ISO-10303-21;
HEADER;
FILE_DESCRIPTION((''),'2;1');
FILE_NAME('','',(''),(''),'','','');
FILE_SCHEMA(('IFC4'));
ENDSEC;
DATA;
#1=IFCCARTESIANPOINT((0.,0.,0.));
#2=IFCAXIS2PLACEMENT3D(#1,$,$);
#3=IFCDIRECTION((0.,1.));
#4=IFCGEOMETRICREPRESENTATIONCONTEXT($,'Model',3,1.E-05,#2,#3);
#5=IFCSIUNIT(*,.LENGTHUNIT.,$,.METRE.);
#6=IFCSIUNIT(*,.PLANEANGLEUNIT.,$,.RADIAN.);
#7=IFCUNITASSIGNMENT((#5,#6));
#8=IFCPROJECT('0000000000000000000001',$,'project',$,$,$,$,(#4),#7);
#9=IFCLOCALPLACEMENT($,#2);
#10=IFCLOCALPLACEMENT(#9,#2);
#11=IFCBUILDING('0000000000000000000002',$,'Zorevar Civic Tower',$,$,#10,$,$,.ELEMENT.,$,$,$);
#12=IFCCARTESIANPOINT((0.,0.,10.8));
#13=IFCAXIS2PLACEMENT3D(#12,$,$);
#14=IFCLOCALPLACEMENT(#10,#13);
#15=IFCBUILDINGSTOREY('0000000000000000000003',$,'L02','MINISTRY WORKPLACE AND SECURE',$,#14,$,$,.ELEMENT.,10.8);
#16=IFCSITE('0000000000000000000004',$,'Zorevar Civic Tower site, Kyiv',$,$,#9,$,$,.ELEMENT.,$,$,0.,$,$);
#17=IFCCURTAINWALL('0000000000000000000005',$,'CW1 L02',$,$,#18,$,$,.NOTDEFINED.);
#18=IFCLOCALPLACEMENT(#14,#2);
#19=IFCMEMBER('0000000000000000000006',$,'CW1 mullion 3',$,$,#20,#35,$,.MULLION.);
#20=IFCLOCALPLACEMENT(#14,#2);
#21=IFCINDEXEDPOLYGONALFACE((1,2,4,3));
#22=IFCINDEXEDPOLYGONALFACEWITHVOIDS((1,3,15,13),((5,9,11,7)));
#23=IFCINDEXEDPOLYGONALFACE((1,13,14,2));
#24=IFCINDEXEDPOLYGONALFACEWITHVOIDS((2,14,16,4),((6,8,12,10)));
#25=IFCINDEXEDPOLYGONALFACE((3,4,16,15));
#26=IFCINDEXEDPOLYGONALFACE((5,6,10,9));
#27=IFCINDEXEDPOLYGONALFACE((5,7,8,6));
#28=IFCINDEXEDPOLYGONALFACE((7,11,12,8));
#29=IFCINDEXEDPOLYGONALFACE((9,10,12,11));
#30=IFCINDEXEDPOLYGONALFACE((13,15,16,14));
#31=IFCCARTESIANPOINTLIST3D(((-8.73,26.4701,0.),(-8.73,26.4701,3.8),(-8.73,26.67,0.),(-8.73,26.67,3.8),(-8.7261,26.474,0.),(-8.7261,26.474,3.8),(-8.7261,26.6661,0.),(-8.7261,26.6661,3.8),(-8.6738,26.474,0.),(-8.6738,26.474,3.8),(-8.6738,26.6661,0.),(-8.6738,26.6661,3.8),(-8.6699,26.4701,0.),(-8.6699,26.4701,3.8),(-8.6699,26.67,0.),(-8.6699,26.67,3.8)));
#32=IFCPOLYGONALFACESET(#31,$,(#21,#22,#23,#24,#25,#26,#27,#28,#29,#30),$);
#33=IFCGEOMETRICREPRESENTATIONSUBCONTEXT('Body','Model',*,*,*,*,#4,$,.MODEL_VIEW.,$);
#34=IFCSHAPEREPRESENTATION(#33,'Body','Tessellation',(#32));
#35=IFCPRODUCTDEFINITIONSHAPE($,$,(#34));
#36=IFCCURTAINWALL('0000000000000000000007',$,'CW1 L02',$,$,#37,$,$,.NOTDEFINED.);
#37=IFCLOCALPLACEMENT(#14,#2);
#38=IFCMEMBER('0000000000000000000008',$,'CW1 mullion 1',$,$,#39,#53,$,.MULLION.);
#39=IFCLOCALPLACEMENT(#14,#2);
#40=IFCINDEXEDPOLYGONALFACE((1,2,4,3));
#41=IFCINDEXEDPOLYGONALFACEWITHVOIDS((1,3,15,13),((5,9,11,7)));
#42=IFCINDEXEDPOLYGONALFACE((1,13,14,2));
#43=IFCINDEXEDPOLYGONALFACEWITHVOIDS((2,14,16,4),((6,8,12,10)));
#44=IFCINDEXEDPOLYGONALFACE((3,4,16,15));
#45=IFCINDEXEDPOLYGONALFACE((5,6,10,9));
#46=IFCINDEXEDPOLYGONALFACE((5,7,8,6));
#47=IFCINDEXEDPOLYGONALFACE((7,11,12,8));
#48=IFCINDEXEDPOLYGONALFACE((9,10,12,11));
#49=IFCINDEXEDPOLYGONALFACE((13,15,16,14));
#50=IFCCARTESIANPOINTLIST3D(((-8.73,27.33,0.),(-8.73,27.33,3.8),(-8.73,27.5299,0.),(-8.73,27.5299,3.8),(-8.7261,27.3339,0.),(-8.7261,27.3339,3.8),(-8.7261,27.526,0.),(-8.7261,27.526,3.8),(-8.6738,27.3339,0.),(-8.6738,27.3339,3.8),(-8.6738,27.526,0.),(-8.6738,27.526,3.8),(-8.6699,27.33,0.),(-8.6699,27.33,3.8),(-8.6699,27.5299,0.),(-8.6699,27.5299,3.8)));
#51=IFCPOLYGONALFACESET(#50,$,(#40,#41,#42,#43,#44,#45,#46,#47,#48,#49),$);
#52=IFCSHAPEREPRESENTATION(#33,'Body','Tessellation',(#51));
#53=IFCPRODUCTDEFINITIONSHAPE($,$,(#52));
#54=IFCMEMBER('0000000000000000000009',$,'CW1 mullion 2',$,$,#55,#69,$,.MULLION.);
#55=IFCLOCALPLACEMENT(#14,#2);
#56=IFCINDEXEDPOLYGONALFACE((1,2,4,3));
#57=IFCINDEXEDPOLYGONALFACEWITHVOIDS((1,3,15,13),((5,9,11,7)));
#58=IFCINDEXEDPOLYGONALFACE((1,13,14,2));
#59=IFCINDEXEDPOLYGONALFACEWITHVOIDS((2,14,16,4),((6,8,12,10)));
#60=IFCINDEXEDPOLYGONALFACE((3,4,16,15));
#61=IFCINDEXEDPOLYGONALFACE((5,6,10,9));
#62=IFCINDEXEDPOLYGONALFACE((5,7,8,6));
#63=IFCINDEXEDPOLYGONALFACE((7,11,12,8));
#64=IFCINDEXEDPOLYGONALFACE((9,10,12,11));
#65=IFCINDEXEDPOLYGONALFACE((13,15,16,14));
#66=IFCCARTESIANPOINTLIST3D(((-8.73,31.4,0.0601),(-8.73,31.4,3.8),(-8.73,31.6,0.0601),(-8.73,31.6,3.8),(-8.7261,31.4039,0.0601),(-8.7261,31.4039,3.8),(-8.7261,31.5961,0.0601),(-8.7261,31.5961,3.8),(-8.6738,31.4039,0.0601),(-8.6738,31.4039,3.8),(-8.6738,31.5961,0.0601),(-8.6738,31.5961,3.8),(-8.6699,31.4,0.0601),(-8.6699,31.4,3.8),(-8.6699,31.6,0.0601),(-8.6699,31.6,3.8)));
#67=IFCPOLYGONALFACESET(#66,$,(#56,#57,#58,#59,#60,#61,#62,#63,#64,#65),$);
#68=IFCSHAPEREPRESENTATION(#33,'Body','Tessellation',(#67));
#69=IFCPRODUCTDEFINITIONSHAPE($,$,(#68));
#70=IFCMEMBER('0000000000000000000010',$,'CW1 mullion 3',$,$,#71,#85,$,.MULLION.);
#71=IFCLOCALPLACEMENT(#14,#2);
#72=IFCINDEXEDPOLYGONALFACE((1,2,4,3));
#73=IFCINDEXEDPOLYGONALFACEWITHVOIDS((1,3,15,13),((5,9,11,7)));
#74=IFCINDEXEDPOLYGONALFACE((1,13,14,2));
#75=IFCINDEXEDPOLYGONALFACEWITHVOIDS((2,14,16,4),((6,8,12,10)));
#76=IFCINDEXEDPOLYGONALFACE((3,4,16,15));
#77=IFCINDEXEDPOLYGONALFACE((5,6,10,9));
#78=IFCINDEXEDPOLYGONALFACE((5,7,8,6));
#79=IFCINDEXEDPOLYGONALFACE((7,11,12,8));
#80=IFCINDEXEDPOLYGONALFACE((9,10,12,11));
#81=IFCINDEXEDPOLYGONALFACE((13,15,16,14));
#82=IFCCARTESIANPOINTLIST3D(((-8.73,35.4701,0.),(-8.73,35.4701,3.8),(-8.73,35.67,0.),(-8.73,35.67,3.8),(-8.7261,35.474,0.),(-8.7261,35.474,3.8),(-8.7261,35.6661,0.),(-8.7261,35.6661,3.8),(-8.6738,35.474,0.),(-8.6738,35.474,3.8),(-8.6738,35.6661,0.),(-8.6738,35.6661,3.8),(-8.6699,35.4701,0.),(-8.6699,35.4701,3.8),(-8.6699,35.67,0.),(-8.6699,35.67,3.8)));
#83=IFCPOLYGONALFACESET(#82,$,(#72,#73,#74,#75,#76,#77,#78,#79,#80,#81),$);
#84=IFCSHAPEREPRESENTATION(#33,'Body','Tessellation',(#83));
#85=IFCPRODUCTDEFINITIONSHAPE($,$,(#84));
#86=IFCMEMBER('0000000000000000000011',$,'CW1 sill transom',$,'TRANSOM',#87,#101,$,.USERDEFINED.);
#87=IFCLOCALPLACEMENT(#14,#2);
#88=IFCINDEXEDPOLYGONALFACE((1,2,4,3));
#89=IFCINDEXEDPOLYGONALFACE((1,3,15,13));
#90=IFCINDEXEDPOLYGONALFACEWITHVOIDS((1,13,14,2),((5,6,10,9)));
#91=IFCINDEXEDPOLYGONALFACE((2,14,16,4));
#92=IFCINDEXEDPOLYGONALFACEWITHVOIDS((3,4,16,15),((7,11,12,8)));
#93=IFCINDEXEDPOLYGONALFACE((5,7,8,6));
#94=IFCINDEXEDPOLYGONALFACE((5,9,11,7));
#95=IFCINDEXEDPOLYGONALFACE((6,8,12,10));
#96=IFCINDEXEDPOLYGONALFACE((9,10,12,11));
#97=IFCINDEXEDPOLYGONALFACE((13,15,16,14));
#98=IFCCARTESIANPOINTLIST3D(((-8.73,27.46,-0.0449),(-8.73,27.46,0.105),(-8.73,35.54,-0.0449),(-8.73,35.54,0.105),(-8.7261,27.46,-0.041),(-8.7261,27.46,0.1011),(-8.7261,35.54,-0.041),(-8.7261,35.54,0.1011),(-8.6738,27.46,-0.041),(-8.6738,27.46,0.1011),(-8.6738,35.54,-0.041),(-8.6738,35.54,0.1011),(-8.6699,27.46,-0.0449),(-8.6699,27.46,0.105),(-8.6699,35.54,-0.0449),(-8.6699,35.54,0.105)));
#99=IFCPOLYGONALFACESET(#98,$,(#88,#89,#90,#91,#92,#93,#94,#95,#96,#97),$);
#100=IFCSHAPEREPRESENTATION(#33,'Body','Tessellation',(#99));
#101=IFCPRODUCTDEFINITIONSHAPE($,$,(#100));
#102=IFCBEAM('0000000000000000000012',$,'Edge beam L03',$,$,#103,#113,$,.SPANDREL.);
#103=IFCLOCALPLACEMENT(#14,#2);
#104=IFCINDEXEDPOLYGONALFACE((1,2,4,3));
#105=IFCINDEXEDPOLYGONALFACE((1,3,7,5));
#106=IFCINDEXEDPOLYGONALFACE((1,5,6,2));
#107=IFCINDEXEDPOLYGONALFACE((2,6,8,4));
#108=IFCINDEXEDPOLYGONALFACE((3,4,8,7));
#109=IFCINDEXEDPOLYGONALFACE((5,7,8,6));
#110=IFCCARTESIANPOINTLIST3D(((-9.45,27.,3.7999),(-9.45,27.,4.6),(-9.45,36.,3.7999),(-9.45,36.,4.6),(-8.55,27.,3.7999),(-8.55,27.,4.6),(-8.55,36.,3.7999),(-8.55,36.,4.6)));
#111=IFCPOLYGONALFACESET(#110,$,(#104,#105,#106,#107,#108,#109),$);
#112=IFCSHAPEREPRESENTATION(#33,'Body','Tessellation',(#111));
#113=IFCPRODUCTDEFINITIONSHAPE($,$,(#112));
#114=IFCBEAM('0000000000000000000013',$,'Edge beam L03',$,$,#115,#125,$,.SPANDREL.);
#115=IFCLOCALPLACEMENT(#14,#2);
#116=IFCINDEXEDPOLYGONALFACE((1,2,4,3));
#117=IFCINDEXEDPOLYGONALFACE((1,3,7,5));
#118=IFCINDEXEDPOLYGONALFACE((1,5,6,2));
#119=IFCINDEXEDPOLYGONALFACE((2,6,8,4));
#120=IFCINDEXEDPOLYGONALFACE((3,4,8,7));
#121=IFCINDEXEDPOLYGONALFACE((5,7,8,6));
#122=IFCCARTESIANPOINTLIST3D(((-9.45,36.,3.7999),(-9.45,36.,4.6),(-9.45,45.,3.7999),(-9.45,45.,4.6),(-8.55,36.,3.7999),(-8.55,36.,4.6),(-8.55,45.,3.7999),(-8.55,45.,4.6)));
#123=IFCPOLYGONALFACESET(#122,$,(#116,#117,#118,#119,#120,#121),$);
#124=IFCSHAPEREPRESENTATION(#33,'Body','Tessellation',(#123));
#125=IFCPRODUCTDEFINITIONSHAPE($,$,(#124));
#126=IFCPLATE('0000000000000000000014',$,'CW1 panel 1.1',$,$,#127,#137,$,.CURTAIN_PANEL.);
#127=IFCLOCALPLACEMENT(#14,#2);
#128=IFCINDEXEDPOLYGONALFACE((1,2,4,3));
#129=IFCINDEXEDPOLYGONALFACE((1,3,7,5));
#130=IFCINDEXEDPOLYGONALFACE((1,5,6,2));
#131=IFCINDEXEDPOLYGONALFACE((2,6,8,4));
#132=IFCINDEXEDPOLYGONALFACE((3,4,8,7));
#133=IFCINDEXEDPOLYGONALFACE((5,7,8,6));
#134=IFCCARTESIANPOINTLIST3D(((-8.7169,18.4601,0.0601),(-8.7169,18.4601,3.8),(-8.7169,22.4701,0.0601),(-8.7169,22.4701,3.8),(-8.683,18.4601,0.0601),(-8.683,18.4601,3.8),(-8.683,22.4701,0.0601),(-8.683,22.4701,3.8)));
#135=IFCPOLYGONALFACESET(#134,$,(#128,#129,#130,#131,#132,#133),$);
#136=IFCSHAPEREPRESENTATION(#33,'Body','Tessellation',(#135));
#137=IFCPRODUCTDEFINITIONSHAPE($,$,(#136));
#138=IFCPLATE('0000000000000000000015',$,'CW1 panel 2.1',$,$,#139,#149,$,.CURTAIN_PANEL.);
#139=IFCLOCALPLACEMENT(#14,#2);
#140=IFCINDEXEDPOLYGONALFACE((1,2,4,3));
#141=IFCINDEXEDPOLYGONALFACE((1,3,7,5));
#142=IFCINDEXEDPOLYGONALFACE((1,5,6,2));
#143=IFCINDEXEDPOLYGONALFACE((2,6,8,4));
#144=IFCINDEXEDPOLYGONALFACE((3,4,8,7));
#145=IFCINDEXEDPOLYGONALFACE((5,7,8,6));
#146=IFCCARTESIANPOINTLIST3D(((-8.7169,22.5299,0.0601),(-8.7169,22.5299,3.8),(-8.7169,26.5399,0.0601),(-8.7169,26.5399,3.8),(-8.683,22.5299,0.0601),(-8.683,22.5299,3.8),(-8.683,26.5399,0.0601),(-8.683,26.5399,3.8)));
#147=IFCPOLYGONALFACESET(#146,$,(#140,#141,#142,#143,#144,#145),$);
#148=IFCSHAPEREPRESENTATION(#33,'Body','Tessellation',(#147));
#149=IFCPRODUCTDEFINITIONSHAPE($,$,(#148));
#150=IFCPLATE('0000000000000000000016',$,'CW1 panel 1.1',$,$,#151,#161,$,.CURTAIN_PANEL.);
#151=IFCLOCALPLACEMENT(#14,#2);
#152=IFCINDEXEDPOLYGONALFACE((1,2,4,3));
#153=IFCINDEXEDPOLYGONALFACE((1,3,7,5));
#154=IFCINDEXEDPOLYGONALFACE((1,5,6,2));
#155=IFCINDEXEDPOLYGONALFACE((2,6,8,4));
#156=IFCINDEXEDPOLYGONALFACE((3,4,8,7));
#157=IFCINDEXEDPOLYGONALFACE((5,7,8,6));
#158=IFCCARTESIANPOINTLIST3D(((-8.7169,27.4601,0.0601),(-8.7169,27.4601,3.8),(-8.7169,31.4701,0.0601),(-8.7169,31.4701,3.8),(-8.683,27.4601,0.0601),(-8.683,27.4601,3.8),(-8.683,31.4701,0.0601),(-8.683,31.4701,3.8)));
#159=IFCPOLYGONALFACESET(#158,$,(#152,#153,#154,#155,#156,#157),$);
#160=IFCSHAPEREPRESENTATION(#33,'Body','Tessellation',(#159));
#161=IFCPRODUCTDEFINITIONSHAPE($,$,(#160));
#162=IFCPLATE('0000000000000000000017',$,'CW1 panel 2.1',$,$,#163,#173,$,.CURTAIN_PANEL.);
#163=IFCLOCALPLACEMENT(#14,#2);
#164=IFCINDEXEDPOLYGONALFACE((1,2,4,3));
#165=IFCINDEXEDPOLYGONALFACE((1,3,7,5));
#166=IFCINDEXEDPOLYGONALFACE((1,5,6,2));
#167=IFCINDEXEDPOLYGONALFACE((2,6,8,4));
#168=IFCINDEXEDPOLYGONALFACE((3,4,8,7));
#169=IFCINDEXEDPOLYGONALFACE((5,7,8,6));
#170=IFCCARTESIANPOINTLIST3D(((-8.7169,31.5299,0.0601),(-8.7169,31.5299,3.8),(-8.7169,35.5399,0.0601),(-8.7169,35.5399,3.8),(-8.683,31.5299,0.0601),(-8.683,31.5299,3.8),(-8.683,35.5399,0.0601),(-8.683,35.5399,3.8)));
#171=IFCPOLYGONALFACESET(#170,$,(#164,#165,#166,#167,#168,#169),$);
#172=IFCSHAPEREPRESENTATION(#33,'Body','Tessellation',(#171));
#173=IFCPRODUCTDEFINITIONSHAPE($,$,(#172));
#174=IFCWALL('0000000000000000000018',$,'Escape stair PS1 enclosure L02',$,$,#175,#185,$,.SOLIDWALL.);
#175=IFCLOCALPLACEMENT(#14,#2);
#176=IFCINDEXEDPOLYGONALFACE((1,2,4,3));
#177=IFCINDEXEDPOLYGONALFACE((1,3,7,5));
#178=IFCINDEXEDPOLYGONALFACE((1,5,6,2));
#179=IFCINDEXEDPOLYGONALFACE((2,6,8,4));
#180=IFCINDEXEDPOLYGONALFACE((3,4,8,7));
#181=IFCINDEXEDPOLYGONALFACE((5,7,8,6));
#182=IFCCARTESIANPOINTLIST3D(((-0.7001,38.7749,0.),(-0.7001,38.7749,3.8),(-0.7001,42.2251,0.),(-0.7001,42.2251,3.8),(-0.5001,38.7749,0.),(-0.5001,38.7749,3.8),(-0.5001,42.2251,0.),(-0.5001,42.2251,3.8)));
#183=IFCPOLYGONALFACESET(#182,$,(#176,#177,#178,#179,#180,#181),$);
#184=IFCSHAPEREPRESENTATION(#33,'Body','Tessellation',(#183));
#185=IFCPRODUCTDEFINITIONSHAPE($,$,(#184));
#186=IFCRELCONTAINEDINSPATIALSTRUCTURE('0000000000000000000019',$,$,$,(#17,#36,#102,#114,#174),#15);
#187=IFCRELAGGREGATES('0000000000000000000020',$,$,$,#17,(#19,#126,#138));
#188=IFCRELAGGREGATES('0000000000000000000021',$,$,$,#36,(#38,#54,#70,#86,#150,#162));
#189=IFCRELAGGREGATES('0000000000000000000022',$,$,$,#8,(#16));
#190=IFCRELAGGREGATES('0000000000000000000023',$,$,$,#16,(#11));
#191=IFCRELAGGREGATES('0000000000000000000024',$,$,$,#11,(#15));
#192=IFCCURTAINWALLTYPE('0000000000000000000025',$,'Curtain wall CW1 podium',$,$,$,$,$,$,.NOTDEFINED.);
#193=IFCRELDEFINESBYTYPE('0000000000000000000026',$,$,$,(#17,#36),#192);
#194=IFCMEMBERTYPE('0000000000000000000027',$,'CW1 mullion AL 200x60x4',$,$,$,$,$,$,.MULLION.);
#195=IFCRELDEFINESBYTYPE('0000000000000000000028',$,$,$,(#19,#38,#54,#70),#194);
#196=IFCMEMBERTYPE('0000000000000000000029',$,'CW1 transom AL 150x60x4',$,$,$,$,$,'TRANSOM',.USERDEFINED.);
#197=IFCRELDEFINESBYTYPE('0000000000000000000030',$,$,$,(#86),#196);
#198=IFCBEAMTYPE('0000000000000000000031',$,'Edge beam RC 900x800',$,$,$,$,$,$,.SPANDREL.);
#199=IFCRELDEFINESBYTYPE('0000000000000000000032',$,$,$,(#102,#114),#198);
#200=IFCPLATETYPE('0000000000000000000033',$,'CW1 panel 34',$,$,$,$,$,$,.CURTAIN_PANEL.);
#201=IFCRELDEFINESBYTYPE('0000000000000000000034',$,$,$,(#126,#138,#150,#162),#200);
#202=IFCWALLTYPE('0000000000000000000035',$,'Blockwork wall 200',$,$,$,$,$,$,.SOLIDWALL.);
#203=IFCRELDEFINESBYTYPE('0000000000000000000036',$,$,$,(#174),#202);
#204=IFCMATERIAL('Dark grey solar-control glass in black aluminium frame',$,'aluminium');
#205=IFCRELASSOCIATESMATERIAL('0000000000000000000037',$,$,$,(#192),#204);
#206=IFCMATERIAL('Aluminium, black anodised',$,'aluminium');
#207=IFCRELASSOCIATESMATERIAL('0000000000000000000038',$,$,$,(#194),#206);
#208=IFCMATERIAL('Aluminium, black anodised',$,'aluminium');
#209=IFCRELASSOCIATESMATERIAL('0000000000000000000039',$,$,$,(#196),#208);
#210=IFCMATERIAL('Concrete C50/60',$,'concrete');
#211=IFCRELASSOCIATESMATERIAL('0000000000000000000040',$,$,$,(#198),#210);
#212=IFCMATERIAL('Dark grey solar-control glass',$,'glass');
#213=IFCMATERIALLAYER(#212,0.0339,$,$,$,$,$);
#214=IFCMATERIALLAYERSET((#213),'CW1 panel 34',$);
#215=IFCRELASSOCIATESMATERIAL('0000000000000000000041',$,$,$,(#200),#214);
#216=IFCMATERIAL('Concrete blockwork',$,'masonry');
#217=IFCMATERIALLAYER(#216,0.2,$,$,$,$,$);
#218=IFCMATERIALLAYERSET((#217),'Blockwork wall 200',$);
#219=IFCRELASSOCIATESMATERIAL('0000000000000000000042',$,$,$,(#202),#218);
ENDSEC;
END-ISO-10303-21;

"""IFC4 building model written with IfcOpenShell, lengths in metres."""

from ifc_helpers import new_model, si_unit, direction, frame, frame_2d, origin, origin_2d, place, context, subcontext, project, spatial, rectangle, hollow_rectangle, extrude, material, layer, layer_set, material_profile, profile_set, type_object, element, aggregate, save


model = new_model("IFC4")

# Units and contexts
model_context = context("Model", 3, precision=1e-05, world=origin(), true_north=direction((0.0, 1.0)))
body_context = subcontext(model_context, "Body", "Model", "MODEL_VIEW")
ifc_project = project(units=[si_unit("LENGTHUNIT", "METRE"), si_unit("PLANEANGLEUNIT", "RADIAN")], contexts=[model_context])

# Site, building, storey
site_placement = place(None, origin())
site = spatial("IfcSite", under=ifc_project, at=site_placement, Name="Zorevar Civic Tower site, Kyiv", CompositionType="ELEMENT", RefElevation=0.0)
building_placement = place(site_placement, origin())
building = spatial("IfcBuilding", under=site, at=building_placement, Name="Zorevar Civic Tower", CompositionType="ELEMENT")
storey_placement = place(building_placement, frame((0.0, 0.0, 10.8)))
storey = spatial("IfcBuildingStorey", under=building, at=storey_placement, Name="L02", Description="MINISTRY WORKPLACE AND SECURE", CompositionType="ELEMENT", Elevation=10.8)

# Curtain walls, members
ifc_material_1 = material(Name="Dark grey solar-control glass in black aluminium frame", Category="aluminium")
curtain_wall_type = type_object("IfcCurtainWallType", Name="Curtain wall CW1 podium", PredefinedType="NOTDEFINED", material=ifc_material_1)
curtain_wall_1_placement = place(storey_placement, origin())
curtain_wall_1 = element("IfcCurtainWall", 1, at=curtain_wall_1_placement, inside=storey, type_object=curtain_wall_type, Name="CW1 L02", PredefinedType="NOTDEFINED")
ifc_material_2 = material(Name="Aluminium, black anodised", Category="aluminium")
ifc_material_profile_1 = material_profile(ifc_material_2, hollow_rectangle(XDim=0.0601, YDim=0.2, WallThickness=0.0039, at=origin_2d()), Name="AL 200x60x4")
ifc_profile_set_1 = profile_set([ifc_material_profile_1], Name="Aluminium, black anodised")
member_type_1 = type_object("IfcMemberType", Name="CW1 mullion AL 200x60x4", PredefinedType="MULLION", material=ifc_profile_set_1)
member_1_placement = place(storey_placement, frame((-8.7, 26.5701, 0.0), z_axis=(0.0, 0.0, 1.0), x_axis=(-1.0, 0.0, 0.0)))
member_1 = element("IfcMember", 2, at=member_1_placement, type_object=member_type_1, Name="CW1 mullion 3", PredefinedType="MULLION", context=body_context, shape_type="SweptSolid", body=[
    extrude(hollow_rectangle(XDim=0.0601, YDim=0.2, WallThickness=0.0039, at=origin_2d()), origin(), (0.0, 0.0, 1.0), 3.8),
])
curtain_wall_2_placement = place(storey_placement, origin())
curtain_wall_2 = element("IfcCurtainWall", 3, at=curtain_wall_2_placement, inside=storey, type_object=curtain_wall_type, Name="CW1 L02", PredefinedType="NOTDEFINED")
member_2_placement = place(storey_placement, frame((-8.7, 27.4299, 0.0), z_axis=(0.0, 0.0, 1.0), x_axis=(-1.0, 0.0, 0.0)))
member_2 = element("IfcMember", 4, at=member_2_placement, type_object=member_type_1, Name="CW1 mullion 1", PredefinedType="MULLION", context=body_context, shape_type="SweptSolid", body=[
    extrude(hollow_rectangle(XDim=0.0601, YDim=0.2, WallThickness=0.0039, at=origin_2d()), origin(), (0.0, 0.0, 1.0), 3.8),
])
member_3_placement = place(storey_placement, frame((-8.7, 31.5, 0.0601), z_axis=(0.0, 0.0, 1.0), x_axis=(-1.0, 0.0, 0.0)))
member_3 = element("IfcMember", 5, at=member_3_placement, type_object=member_type_1, Name="CW1 mullion 2", PredefinedType="MULLION", context=body_context, shape_type="SweptSolid", body=[
    extrude(hollow_rectangle(XDim=0.0601, YDim=0.2, WallThickness=0.0039, at=origin_2d()), origin(), (0.0, 0.0, 1.0), 3.74),
])
member_4_placement = place(storey_placement, frame((-8.7, 35.5701, 0.0), z_axis=(0.0, 0.0, 1.0), x_axis=(-1.0, 0.0, 0.0)))
member_4 = element("IfcMember", 6, at=member_4_placement, type_object=member_type_1, Name="CW1 mullion 3", PredefinedType="MULLION", context=body_context, shape_type="SweptSolid", body=[
    extrude(hollow_rectangle(XDim=0.0601, YDim=0.2, WallThickness=0.0039, at=origin_2d()), origin(), (0.0, 0.0, 1.0), 3.8),
])
ifc_material_3 = material(Name="Aluminium, black anodised", Category="aluminium")
ifc_material_profile_2 = material_profile(ifc_material_3, hollow_rectangle(XDim=0.0601, YDim=0.1499, WallThickness=0.0039, at=origin_2d()), Name="AL 150x60x4")
ifc_profile_set_2 = profile_set([ifc_material_profile_2], Name="Aluminium, black anodised")
member_type_2 = type_object("IfcMemberType", Name="CW1 transom AL 150x60x4", ElementType="TRANSOM", PredefinedType="USERDEFINED", material=ifc_profile_set_2)
member_5_placement = place(storey_placement, frame((-8.7, 27.46, 0.03), z_axis=(0.0, 1.0, 0.0), x_axis=(-1.0, 0.0, 0.0)))
member_5 = element("IfcMember", 7, at=member_5_placement, type_object=member_type_2, Name="CW1 sill transom", ObjectType="TRANSOM", PredefinedType="USERDEFINED", context=body_context, shape_type="SweptSolid", body=[
    extrude(hollow_rectangle(XDim=0.0601, YDim=0.1499, WallThickness=0.0039, at=origin_2d()), origin(), (0.0, 0.0, 1.0), 8.0801),
])

# Beams
ifc_material_4 = material(Name="Concrete C50/60", Category="concrete")
ifc_material_profile_3 = material_profile(ifc_material_4, rectangle(XDim=0.8999, YDim=0.8, at=origin_2d()), Name="RC 900x800")
ifc_profile_set_3 = profile_set([ifc_material_profile_3], Name="Concrete C50/60")
beam_type_1 = type_object("IfcBeamType", Name="Edge beam RC 900x800", PredefinedType="SPANDREL", material=ifc_profile_set_3)
for number, where, z_axis, x_axis, name in (
    (8, (-9.0, 27.0, 4.2), (0.0, 1.0, 0.0), (-1.0, 0.0, 0.0), "Edge beam L03"),
    (9, (-9.0, 36.0, 4.2), (0.0, 1.0, 0.0), (-1.0, 0.0, 0.0), "Edge beam L03"),
):
    element("IfcBeam", number, at=place(storey_placement, frame(where, z_axis=z_axis, x_axis=x_axis)), inside=storey, type_object=beam_type_1, Name=name, PredefinedType="SPANDREL", context=body_context, shape_type="SweptSolid", body=[
        extrude(rectangle(XDim=0.8999, YDim=0.8, at=origin_2d()), origin(), (0.0, 0.0, 1.0), 9.0),
    ])

# Plates
ifc_material_5 = material(Name="Dark grey solar-control glass", Category="glass")
ifc_layer_1 = layer(ifc_material_5, 0.0339)
ifc_layer_set_1 = layer_set([ifc_layer_1], Name="CW1 panel 34")
plate_type = type_object("IfcPlateType", Name="CW1 panel 34", PredefinedType="CURTAIN_PANEL", material=ifc_layer_set_1)
plate_1_placement = place(storey_placement, frame((-8.7, 20.4651, 0.0601), z_axis=(0.0, 0.0, 1.0), x_axis=(0.0, 1.0, 0.0)))
plate_1 = element("IfcPlate", 10, at=plate_1_placement, type_object=plate_type, Name="CW1 panel 1.1", PredefinedType="CURTAIN_PANEL", context=body_context, shape_type="SweptSolid", body=[
    extrude(rectangle(XDim=4.01, YDim=0.0339, at=origin_2d()), origin(), (0.0, 0.0, 1.0), 3.74),
])
plate_2_placement = place(storey_placement, frame((-8.7, 24.5349, 0.0601), z_axis=(0.0, 0.0, 1.0), x_axis=(0.0, 1.0, 0.0)))
plate_2 = element("IfcPlate", 11, at=plate_2_placement, type_object=plate_type, Name="CW1 panel 2.1", PredefinedType="CURTAIN_PANEL", context=body_context, shape_type="SweptSolid", body=[
    extrude(rectangle(XDim=4.01, YDim=0.0339, at=origin_2d()), origin(), (0.0, 0.0, 1.0), 3.74),
])
aggregate(curtain_wall_1, [member_1, plate_1, plate_2])
plate_3_placement = place(storey_placement, frame((-8.7, 29.4651, 0.0601), z_axis=(0.0, 0.0, 1.0), x_axis=(0.0, 1.0, 0.0)))
plate_3 = element("IfcPlate", 12, at=plate_3_placement, type_object=plate_type, Name="CW1 panel 1.1", PredefinedType="CURTAIN_PANEL", context=body_context, shape_type="SweptSolid", body=[
    extrude(rectangle(XDim=4.01, YDim=0.0339, at=origin_2d()), origin(), (0.0, 0.0, 1.0), 3.74),
])
plate_4_placement = place(storey_placement, frame((-8.7, 33.5349, 0.0601), z_axis=(0.0, 0.0, 1.0), x_axis=(0.0, 1.0, 0.0)))
plate_4 = element("IfcPlate", 13, at=plate_4_placement, type_object=plate_type, Name="CW1 panel 2.1", PredefinedType="CURTAIN_PANEL", context=body_context, shape_type="SweptSolid", body=[
    extrude(rectangle(XDim=4.01, YDim=0.0339, at=origin_2d()), origin(), (0.0, 0.0, 1.0), 3.74),
])
aggregate(curtain_wall_2, [member_2, member_3, member_4, member_5, plate_3, plate_4])

# Wall
ifc_material_6 = material(Name="Concrete blockwork", Category="masonry")
ifc_layer_2 = layer(ifc_material_6, 0.2)
ifc_layer_set_2 = layer_set([ifc_layer_2], Name="Blockwork wall 200")
wall_type_1 = type_object("IfcWallType", Name="Blockwork wall 200", PredefinedType="SOLIDWALL", material=ifc_layer_set_2)
wall_1_placement = place(storey_placement, frame((-0.6001, 38.7749, 0.0), z_axis=(0.0, 0.0, 1.0), x_axis=(0.0, 1.0, 0.0)))
element("IfcWall", 14, at=wall_1_placement, inside=storey, type_object=wall_type_1, Name="Escape stair PS1 enclosure L02", PredefinedType="SOLIDWALL", context=body_context, shape_type="SweptSolid", body=[
    extrude(rectangle(XDim=3.4502, YDim=0.2, at=frame_2d((1.7251, 0.0))), origin(), (0.0, 0.0, 1.0), 3.8),
])

save(model, "model.ifc")
